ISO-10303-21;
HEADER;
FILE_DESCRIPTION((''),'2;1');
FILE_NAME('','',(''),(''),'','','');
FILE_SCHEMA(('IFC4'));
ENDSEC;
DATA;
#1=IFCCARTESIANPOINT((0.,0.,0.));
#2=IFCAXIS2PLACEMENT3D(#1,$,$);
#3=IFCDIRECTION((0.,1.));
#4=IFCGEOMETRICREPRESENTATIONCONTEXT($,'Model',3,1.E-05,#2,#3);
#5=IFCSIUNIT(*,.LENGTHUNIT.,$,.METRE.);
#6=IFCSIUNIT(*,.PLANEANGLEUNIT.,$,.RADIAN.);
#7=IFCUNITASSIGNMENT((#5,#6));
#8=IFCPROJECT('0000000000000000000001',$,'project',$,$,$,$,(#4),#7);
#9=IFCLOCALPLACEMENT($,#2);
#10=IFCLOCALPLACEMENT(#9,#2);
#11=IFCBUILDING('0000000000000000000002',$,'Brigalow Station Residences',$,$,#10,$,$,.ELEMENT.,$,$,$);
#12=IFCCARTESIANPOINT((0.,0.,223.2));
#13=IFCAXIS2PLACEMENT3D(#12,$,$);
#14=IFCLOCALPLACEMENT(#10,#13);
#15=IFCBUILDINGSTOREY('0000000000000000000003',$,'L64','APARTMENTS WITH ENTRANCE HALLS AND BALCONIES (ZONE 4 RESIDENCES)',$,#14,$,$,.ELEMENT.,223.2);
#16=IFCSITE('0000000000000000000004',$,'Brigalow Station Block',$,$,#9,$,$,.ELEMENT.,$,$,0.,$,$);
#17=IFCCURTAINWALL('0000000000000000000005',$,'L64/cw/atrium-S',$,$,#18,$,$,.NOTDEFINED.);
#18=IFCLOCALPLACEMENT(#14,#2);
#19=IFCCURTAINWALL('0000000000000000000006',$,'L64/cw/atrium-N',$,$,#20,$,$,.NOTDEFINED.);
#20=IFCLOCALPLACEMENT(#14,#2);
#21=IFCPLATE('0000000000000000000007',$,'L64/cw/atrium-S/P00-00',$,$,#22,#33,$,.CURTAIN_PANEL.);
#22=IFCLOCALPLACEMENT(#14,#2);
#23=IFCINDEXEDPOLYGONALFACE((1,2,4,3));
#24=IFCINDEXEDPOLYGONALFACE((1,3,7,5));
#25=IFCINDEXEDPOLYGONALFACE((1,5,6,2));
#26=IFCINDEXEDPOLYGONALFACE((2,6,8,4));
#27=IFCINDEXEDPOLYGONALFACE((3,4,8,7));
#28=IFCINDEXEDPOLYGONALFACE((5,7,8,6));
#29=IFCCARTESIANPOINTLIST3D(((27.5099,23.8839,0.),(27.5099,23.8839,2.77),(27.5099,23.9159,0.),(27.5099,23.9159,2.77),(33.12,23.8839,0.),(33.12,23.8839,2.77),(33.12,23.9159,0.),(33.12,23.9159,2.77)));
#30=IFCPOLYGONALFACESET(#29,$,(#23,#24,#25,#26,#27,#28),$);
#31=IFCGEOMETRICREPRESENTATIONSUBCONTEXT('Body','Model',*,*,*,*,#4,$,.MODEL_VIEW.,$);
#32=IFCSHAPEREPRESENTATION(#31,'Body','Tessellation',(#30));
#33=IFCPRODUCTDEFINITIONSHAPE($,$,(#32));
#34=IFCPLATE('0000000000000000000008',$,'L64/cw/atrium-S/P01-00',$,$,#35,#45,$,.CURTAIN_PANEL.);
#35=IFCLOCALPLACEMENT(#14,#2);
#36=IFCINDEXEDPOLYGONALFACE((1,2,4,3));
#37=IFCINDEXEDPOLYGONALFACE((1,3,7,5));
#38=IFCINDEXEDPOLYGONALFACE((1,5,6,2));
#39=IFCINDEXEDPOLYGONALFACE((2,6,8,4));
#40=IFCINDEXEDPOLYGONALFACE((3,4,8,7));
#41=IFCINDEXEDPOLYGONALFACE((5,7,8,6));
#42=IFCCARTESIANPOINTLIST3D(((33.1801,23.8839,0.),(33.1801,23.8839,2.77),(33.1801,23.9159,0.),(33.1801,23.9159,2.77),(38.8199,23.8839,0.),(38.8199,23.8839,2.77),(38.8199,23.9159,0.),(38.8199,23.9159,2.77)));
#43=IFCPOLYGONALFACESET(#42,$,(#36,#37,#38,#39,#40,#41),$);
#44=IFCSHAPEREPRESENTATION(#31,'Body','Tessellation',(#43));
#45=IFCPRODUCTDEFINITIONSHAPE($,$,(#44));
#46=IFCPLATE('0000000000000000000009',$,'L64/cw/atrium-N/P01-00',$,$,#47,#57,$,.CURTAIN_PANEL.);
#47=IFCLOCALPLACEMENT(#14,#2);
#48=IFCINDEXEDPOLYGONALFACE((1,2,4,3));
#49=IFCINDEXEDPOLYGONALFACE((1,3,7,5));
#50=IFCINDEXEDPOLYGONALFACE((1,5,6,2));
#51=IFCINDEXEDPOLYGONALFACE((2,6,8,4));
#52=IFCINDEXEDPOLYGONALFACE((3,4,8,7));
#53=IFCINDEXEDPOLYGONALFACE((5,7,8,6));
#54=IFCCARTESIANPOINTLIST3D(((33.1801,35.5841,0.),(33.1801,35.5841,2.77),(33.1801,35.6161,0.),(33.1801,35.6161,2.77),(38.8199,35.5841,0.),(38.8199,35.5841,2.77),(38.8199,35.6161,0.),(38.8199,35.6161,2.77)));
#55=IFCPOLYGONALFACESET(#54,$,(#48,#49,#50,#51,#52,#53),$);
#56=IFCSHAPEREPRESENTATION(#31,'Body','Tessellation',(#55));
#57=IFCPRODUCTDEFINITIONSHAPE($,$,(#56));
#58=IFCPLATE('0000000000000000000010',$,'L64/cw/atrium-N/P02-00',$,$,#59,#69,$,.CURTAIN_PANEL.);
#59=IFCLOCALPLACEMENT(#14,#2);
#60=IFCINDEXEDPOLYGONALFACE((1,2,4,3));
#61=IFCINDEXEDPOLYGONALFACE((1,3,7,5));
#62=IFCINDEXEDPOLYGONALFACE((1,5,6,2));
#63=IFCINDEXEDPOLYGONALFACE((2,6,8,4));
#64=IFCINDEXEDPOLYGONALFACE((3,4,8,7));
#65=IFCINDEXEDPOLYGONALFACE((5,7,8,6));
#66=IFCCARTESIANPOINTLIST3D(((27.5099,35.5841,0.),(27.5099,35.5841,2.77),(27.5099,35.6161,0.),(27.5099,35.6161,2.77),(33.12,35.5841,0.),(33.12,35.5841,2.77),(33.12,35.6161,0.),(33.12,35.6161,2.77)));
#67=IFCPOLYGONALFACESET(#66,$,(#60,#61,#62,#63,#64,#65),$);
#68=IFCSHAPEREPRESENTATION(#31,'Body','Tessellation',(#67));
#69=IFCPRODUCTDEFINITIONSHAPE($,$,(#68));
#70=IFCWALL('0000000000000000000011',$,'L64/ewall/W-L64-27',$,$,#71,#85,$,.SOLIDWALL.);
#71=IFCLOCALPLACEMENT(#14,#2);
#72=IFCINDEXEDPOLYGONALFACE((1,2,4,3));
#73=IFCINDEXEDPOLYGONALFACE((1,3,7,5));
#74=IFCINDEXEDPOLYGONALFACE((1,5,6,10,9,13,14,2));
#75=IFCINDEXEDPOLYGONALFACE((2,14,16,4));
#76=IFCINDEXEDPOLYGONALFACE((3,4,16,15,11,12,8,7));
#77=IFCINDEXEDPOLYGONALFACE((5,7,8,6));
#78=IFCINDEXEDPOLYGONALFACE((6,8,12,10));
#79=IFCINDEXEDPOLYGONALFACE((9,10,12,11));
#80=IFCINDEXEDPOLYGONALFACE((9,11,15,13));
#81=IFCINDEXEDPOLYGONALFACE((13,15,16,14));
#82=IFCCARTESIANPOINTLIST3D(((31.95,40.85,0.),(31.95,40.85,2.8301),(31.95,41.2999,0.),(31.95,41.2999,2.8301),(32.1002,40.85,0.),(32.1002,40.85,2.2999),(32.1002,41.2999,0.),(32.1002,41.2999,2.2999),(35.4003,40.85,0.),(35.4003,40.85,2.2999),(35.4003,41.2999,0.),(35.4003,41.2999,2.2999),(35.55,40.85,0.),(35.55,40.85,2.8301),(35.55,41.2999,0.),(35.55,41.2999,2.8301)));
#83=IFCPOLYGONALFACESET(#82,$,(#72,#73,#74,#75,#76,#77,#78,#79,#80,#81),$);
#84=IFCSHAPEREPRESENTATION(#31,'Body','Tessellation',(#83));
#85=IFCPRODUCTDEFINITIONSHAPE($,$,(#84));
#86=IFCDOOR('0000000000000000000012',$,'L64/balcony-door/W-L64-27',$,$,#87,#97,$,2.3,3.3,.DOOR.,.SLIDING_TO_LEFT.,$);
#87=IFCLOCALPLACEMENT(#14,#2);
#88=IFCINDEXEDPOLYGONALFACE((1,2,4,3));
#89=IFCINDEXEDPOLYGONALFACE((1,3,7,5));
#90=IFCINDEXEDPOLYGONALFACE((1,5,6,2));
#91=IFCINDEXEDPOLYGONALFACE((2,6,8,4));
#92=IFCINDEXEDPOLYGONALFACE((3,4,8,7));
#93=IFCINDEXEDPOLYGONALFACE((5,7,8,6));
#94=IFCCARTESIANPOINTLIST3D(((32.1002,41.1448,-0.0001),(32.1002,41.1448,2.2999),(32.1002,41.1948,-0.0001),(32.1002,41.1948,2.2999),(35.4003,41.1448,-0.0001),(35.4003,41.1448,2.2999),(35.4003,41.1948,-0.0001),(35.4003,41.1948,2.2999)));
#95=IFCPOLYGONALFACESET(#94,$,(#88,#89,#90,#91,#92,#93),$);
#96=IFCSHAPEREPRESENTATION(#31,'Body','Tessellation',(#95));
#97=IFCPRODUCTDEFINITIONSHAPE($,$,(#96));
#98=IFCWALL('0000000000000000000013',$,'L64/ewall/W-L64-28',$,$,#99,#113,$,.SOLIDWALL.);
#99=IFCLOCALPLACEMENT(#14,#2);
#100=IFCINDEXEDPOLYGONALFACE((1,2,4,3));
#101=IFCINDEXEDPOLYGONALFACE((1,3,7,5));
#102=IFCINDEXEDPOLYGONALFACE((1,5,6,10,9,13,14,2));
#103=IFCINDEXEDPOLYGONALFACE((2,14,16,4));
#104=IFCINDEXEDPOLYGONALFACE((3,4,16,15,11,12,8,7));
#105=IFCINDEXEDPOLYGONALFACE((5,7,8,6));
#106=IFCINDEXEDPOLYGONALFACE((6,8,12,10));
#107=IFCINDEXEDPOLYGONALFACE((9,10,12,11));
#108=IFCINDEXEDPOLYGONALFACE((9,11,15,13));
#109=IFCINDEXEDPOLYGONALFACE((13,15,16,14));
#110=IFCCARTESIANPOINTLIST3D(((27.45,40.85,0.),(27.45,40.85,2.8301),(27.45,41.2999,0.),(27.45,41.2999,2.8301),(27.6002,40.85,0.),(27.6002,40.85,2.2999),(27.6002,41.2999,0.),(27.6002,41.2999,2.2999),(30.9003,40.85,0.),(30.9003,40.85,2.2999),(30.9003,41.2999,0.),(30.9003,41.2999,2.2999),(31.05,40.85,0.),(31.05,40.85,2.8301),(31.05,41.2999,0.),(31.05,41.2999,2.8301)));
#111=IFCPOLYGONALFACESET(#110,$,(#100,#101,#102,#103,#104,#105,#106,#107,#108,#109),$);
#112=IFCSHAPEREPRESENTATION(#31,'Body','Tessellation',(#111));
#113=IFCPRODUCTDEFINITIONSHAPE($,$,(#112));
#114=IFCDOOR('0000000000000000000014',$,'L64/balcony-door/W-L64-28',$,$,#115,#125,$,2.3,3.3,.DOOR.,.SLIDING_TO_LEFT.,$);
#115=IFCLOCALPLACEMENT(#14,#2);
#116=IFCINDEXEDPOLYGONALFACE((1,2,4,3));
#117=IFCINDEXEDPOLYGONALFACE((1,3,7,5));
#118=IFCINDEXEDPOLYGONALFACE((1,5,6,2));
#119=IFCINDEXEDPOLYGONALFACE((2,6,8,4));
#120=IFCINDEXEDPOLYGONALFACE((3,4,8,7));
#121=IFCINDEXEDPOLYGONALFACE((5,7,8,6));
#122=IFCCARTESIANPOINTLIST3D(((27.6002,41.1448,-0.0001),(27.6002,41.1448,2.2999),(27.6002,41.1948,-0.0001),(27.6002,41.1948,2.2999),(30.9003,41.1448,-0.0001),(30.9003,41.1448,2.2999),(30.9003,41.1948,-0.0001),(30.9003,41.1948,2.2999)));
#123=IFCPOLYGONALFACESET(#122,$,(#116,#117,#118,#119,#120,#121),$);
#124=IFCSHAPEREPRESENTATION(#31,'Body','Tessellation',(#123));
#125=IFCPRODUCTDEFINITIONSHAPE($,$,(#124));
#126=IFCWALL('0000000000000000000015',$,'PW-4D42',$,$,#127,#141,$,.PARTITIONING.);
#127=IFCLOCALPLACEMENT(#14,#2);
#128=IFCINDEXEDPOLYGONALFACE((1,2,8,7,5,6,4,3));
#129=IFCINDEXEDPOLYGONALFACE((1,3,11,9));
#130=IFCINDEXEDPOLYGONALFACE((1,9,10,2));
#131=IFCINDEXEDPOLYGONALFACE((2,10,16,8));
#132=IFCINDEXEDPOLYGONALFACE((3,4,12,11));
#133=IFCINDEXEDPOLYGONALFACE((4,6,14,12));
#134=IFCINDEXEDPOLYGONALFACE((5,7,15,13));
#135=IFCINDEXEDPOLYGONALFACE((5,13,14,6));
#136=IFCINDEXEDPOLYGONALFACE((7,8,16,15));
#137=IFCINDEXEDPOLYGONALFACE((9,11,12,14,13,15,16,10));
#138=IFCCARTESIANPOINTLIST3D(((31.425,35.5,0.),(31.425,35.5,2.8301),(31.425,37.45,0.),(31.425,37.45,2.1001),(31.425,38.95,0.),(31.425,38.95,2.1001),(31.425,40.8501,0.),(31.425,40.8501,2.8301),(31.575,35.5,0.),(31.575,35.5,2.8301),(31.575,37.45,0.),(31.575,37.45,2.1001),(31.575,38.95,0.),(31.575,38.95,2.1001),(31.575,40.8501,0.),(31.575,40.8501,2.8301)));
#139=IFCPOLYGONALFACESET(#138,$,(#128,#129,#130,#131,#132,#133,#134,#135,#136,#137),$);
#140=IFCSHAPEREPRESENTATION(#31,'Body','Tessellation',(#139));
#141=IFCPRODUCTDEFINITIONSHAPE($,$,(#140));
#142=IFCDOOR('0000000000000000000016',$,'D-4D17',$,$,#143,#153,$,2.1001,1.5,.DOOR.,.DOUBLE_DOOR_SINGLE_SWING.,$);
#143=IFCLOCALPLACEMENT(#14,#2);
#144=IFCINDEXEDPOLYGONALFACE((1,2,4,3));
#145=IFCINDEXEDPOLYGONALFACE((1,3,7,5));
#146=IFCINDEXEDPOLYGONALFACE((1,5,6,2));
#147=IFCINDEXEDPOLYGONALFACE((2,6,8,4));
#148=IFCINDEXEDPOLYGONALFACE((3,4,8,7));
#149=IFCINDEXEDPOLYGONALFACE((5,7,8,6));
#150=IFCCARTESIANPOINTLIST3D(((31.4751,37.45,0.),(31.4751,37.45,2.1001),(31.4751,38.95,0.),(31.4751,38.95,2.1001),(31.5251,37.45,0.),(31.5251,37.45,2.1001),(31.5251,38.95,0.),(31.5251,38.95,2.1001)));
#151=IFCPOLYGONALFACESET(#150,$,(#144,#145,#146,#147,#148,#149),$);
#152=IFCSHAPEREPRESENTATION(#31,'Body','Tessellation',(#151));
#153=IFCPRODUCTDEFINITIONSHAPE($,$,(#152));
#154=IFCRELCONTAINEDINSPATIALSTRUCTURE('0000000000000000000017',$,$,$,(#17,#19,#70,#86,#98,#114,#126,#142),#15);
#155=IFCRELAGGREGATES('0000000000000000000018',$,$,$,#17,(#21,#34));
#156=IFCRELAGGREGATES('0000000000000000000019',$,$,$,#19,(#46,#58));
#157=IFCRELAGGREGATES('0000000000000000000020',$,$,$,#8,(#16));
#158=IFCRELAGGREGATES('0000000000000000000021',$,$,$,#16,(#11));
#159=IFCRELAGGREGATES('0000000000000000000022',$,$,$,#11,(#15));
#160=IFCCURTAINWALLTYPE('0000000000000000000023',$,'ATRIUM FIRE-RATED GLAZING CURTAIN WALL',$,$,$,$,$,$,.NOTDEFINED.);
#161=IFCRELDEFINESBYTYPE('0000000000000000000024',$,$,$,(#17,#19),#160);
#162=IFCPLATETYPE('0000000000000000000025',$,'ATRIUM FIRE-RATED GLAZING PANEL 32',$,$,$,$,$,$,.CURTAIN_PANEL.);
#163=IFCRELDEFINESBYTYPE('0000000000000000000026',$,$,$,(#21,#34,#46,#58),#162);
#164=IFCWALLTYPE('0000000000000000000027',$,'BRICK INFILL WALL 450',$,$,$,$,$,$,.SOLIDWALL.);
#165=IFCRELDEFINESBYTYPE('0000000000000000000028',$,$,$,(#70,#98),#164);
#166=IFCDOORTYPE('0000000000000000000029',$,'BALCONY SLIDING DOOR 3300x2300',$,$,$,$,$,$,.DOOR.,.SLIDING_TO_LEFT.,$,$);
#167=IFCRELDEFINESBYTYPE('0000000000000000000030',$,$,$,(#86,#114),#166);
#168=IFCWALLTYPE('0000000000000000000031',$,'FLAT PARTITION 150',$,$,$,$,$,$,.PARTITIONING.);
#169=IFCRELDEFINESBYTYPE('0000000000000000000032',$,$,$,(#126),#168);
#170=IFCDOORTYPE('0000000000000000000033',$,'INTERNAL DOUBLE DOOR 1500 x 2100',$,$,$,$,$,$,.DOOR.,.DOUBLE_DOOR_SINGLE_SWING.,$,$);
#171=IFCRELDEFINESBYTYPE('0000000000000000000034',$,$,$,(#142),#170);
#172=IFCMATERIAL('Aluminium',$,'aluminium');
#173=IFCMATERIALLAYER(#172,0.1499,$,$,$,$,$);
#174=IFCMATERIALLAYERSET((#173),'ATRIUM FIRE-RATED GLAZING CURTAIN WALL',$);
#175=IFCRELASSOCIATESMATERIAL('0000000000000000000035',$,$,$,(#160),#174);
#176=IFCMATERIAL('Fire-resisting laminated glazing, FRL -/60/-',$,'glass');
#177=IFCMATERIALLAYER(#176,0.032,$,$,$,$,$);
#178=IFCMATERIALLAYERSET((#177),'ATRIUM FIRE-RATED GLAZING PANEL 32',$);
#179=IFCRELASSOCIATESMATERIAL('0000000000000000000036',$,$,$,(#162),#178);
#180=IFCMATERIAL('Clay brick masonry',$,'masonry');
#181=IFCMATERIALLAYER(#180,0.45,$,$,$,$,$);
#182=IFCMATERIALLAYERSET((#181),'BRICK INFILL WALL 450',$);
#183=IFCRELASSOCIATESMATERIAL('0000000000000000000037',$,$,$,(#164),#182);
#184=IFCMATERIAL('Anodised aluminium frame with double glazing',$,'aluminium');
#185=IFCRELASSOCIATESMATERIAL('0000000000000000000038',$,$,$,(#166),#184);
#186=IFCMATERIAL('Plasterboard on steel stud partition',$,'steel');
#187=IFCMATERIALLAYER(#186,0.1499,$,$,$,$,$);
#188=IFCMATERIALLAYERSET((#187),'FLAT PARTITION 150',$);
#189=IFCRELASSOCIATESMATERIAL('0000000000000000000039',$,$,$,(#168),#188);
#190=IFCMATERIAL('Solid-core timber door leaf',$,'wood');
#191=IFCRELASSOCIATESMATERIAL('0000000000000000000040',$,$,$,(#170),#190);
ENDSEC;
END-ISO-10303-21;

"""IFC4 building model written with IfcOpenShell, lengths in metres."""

from ifc_helpers import new_model, si_unit, direction, frame, frame_2d, origin, origin_2d, place, context, subcontext, project, spatial, rectangle, extrude, material, layer, layer_set, type_object, element, fill, aggregate, save


model = new_model("IFC4")

# Units and contexts
model_context = context("Model", 3, precision=1e-05, world=origin(), true_north=direction((0.0, 1.0)))
body_context = subcontext(model_context, "Body", "Model", "MODEL_VIEW")
ifc_project = project(units=[si_unit("LENGTHUNIT", "METRE"), si_unit("PLANEANGLEUNIT", "RADIAN")], contexts=[model_context])

# Site, building, storey
site_placement = place(None, origin())
site = spatial("IfcSite", under=ifc_project, at=site_placement, Name="Brigalow Station Block", CompositionType="ELEMENT", RefElevation=0.0)
building_placement = place(site_placement, origin())
building = spatial("IfcBuilding", under=site, at=building_placement, Name="Brigalow Station Residences", CompositionType="ELEMENT")
storey_placement = place(building_placement, frame((0.0, 0.0, 223.2)))
storey = spatial("IfcBuildingStorey", under=building, at=storey_placement, Name="L64", Description="APARTMENTS WITH ENTRANCE HALLS AND BALCONIES (ZONE 4 RESIDENCES)", CompositionType="ELEMENT", Elevation=223.2)

# Curtain walls
ifc_material_1 = material(Name="Aluminium", Category="aluminium")
ifc_layer_1 = layer(ifc_material_1, 0.1499)
ifc_layer_set_1 = layer_set([ifc_layer_1], Name="ATRIUM FIRE-RATED GLAZING CURTAIN WALL")
curtain_wall_type = type_object("IfcCurtainWallType", Name="ATRIUM FIRE-RATED GLAZING CURTAIN WALL", PredefinedType="NOTDEFINED", material=ifc_layer_set_1)
curtain_wall_1_placement = place(storey_placement, origin())
curtain_wall_1 = element("IfcCurtainWall", 1, at=curtain_wall_1_placement, inside=storey, type_object=curtain_wall_type, Name="L64/cw/atrium-S", PredefinedType="NOTDEFINED")
curtain_wall_2_placement = place(storey_placement, origin())
curtain_wall_2 = element("IfcCurtainWall", 2, at=curtain_wall_2_placement, inside=storey, type_object=curtain_wall_type, Name="L64/cw/atrium-N", PredefinedType="NOTDEFINED")

# Plates
ifc_material_2 = material(Name="Fire-resisting laminated glazing, FRL -/60/-", Category="glass")
ifc_layer_2 = layer(ifc_material_2, 0.032)
ifc_layer_set_2 = layer_set([ifc_layer_2], Name="ATRIUM FIRE-RATED GLAZING PANEL 32")
plate_type = type_object("IfcPlateType", Name="ATRIUM FIRE-RATED GLAZING PANEL 32", PredefinedType="CURTAIN_PANEL", material=ifc_layer_set_2)
plate_1_placement = place(storey_placement, frame((30.3149, 23.8999, 0.0), z_axis=(0.0, 0.0, 1.0), x_axis=(1.0, 0.0, 0.0)))
plate_1 = element("IfcPlate", 3, at=plate_1_placement, type_object=plate_type, Name="L64/cw/atrium-S/P00-00", PredefinedType="CURTAIN_PANEL", context=body_context, shape_type="SweptSolid", body=[
    extrude(rectangle(XDim=5.6101, YDim=0.032, at=origin_2d()), origin(), (0.0, 0.0, 1.0), 2.77),
])
plate_2_placement = place(storey_placement, frame((36.0, 23.8999, 0.0), z_axis=(0.0, 0.0, 1.0), x_axis=(1.0, 0.0, 0.0)))
plate_2 = element("IfcPlate", 4, at=plate_2_placement, type_object=plate_type, Name="L64/cw/atrium-S/P01-00", PredefinedType="CURTAIN_PANEL", context=body_context, shape_type="SweptSolid", body=[
    extrude(rectangle(XDim=5.6399, YDim=0.032, at=origin_2d()), origin(), (0.0, 0.0, 1.0), 2.77),
])
aggregate(curtain_wall_1, [plate_1, plate_2])
plate_3_placement = place(storey_placement, frame((36.0, 35.6001, 0.0), z_axis=(0.0, 0.0, 1.0), x_axis=(-1.0, 0.0, 0.0)))
plate_3 = element("IfcPlate", 5, at=plate_3_placement, type_object=plate_type, Name="L64/cw/atrium-N/P01-00", PredefinedType="CURTAIN_PANEL", context=body_context, shape_type="SweptSolid", body=[
    extrude(rectangle(XDim=5.6399, YDim=0.032, at=origin_2d()), origin(), (0.0, 0.0, 1.0), 2.77),
])
plate_4_placement = place(storey_placement, frame((30.3149, 35.6001, 0.0), z_axis=(0.0, 0.0, 1.0), x_axis=(-1.0, 0.0, 0.0)))
plate_4 = element("IfcPlate", 6, at=plate_4_placement, type_object=plate_type, Name="L64/cw/atrium-N/P02-00", PredefinedType="CURTAIN_PANEL", context=body_context, shape_type="SweptSolid", body=[
    extrude(rectangle(XDim=5.6101, YDim=0.032, at=origin_2d()), origin(), (0.0, 0.0, 1.0), 2.77),
])
aggregate(curtain_wall_2, [plate_3, plate_4])

# Walls, openings, doors
ifc_material_3 = material(Name="Clay brick masonry", Category="masonry")
ifc_layer_3 = layer(ifc_material_3, 0.45)
ifc_layer_set_3 = layer_set([ifc_layer_3], Name="BRICK INFILL WALL 450")
wall_type_1 = type_object("IfcWallType", Name="BRICK INFILL WALL 450", PredefinedType="SOLIDWALL", material=ifc_layer_set_3)
wall_1_placement = place(storey_placement, frame((35.55, 41.075, 0.0), z_axis=(0.0, 0.0, 1.0), x_axis=(-1.0, 0.0, 0.0)))
wall_1 = element("IfcWall", 7, at=wall_1_placement, inside=storey, type_object=wall_type_1, Name="L64/ewall/W-L64-27", PredefinedType="SOLIDWALL", context=body_context, shape_type="SweptSolid", body=[
    extrude(rectangle(XDim=3.6001, YDim=0.45, at=frame_2d((1.8, 0.0))), origin(), (0.0, 0.0, 1.0), 2.8301),
])
opening_1_placement = place(wall_1_placement, frame((0.1499, 0.0, 0.0)))
opening_1 = element("IfcOpeningElement", 8, at=opening_1_placement, cuts=wall_1, PredefinedType="OPENING", context=body_context, shape_type="SweptSolid", body=[
    extrude(rectangle(XDim=3.3, YDim=2.3, at=frame_2d((1.6499, 1.1499))), frame((0.0, 0.2349, 0.0), z_axis=(0.0, -1.0, 0.0), x_axis=(1.0, 0.0, 0.0)), (0.0, 0.0, 1.0), 0.47),
])
ifc_material_4 = material(Name="Anodised aluminium frame with double glazing", Category="aluminium")
door_type_1 = type_object("IfcDoorType", Name="BALCONY SLIDING DOOR 3300x2300", OperationType="SLIDING_TO_LEFT", PredefinedType="DOOR", material=ifc_material_4)
door_1_placement = place(opening_1_placement, origin())
door_1 = element("IfcDoor", 9, at=door_1_placement, inside=storey, type_object=door_type_1, Name="L64/balcony-door/W-L64-27", OperationType="SLIDING_TO_LEFT", OverallHeight=2.3, OverallWidth=3.3, PredefinedType="DOOR", context=body_context, shape_type="SweptSolid", body=[
    extrude(rectangle(XDim=3.3, YDim=2.3, at=frame_2d((1.6499, 1.1499))), frame((0.0, -0.0698, 0.0), z_axis=(0.0, -1.0, 0.0), x_axis=(1.0, 0.0, 0.0)), (0.0, 0.0, 1.0), 0.05),
])
fill(opening_1, door_1)
wall_2_placement = place(storey_placement, frame((31.05, 41.075, 0.0), z_axis=(0.0, 0.0, 1.0), x_axis=(-1.0, 0.0, 0.0)))
wall_2 = element("IfcWall", 10, at=wall_2_placement, inside=storey, type_object=wall_type_1, Name="L64/ewall/W-L64-28", PredefinedType="SOLIDWALL", context=body_context, shape_type="SweptSolid", body=[
    extrude(rectangle(XDim=3.6001, YDim=0.45, at=frame_2d((1.8, 0.0))), origin(), (0.0, 0.0, 1.0), 2.8301),
])
opening_2_placement = place(wall_2_placement, frame((0.1499, 0.0, 0.0)))
opening_2 = element("IfcOpeningElement", 11, at=opening_2_placement, cuts=wall_2, PredefinedType="OPENING", context=body_context, shape_type="SweptSolid", body=[
    extrude(rectangle(XDim=3.3, YDim=2.3, at=frame_2d((1.6499, 1.1499))), frame((0.0, 0.2349, 0.0), z_axis=(0.0, -1.0, 0.0), x_axis=(1.0, 0.0, 0.0)), (0.0, 0.0, 1.0), 0.47),
])
door_2_placement = place(opening_2_placement, origin())
door_2 = element("IfcDoor", 12, at=door_2_placement, inside=storey, type_object=door_type_1, Name="L64/balcony-door/W-L64-28", OperationType="SLIDING_TO_LEFT", OverallHeight=2.3, OverallWidth=3.3, PredefinedType="DOOR", context=body_context, shape_type="SweptSolid", body=[
    extrude(rectangle(XDim=3.3, YDim=2.3, at=frame_2d((1.6499, 1.1499))), frame((0.0, -0.0698, 0.0), z_axis=(0.0, -1.0, 0.0), x_axis=(1.0, 0.0, 0.0)), (0.0, 0.0, 1.0), 0.05),
])
fill(opening_2, door_2)
ifc_material_5 = material(Name="Plasterboard on steel stud partition", Category="steel")
ifc_layer_4 = layer(ifc_material_5, 0.1499)
ifc_layer_set_4 = layer_set([ifc_layer_4], Name="FLAT PARTITION 150")
wall_type_2 = type_object("IfcWallType", Name="FLAT PARTITION 150", PredefinedType="PARTITIONING", material=ifc_layer_set_4)
wall_3_placement = place(storey_placement, frame((31.5, 35.5, 0.0), z_axis=(0.0, 0.0, 1.0), x_axis=(0.0, 1.0, 0.0)))
wall_3 = element("IfcWall", 13, at=wall_3_placement, inside=storey, type_object=wall_type_2, Name="PW-4D42", PredefinedType="PARTITIONING", context=body_context, shape_type="SweptSolid", body=[
    extrude(rectangle(XDim=5.3501, YDim=0.1499, at=frame_2d((2.675, 0.0))), origin(), (0.0, 0.0, 1.0), 2.8301),
])
opening_3_placement = place(wall_3_placement, frame((1.95, 0.0, 0.0)))
opening_3 = element("IfcOpeningElement", 14, at=opening_3_placement, cuts=wall_3, PredefinedType="OPENING", context=body_context, shape_type="SweptSolid", body=[
    extrude(rectangle(XDim=1.5, YDim=2.1001, at=frame_2d((0.75, 1.05))), frame((0.0, 0.085, 0.0), z_axis=(0.0, -1.0, 0.0), x_axis=(1.0, 0.0, 0.0)), (0.0, 0.0, 1.0), 0.1699),
])
ifc_material_6 = material(Name="Solid-core timber door leaf", Category="wood")
door_type_2 = type_object("IfcDoorType", Name="INTERNAL DOUBLE DOOR 1500 x 2100", OperationType="DOUBLE_DOOR_SINGLE_SWING", PredefinedType="DOOR", material=ifc_material_6)
door_3_placement = place(opening_3_placement, origin())
door_3 = element("IfcDoor", 15, at=door_3_placement, inside=storey, type_object=door_type_2, Name="D-4D17", OperationType="DOUBLE_DOOR_SINGLE_SWING", OverallHeight=2.1001, OverallWidth=1.5, PredefinedType="DOOR", context=body_context, shape_type="SweptSolid", body=[
    extrude(rectangle(XDim=1.5, YDim=2.1001, at=frame_2d((0.75, 1.05))), frame((0.0, 0.0249, 0.0), z_axis=(0.0, -1.0, 0.0), x_axis=(1.0, 0.0, 0.0)), (0.0, 0.0, 1.0), 0.05),
])
fill(opening_3, door_3)

save(model, "model.ifc")
